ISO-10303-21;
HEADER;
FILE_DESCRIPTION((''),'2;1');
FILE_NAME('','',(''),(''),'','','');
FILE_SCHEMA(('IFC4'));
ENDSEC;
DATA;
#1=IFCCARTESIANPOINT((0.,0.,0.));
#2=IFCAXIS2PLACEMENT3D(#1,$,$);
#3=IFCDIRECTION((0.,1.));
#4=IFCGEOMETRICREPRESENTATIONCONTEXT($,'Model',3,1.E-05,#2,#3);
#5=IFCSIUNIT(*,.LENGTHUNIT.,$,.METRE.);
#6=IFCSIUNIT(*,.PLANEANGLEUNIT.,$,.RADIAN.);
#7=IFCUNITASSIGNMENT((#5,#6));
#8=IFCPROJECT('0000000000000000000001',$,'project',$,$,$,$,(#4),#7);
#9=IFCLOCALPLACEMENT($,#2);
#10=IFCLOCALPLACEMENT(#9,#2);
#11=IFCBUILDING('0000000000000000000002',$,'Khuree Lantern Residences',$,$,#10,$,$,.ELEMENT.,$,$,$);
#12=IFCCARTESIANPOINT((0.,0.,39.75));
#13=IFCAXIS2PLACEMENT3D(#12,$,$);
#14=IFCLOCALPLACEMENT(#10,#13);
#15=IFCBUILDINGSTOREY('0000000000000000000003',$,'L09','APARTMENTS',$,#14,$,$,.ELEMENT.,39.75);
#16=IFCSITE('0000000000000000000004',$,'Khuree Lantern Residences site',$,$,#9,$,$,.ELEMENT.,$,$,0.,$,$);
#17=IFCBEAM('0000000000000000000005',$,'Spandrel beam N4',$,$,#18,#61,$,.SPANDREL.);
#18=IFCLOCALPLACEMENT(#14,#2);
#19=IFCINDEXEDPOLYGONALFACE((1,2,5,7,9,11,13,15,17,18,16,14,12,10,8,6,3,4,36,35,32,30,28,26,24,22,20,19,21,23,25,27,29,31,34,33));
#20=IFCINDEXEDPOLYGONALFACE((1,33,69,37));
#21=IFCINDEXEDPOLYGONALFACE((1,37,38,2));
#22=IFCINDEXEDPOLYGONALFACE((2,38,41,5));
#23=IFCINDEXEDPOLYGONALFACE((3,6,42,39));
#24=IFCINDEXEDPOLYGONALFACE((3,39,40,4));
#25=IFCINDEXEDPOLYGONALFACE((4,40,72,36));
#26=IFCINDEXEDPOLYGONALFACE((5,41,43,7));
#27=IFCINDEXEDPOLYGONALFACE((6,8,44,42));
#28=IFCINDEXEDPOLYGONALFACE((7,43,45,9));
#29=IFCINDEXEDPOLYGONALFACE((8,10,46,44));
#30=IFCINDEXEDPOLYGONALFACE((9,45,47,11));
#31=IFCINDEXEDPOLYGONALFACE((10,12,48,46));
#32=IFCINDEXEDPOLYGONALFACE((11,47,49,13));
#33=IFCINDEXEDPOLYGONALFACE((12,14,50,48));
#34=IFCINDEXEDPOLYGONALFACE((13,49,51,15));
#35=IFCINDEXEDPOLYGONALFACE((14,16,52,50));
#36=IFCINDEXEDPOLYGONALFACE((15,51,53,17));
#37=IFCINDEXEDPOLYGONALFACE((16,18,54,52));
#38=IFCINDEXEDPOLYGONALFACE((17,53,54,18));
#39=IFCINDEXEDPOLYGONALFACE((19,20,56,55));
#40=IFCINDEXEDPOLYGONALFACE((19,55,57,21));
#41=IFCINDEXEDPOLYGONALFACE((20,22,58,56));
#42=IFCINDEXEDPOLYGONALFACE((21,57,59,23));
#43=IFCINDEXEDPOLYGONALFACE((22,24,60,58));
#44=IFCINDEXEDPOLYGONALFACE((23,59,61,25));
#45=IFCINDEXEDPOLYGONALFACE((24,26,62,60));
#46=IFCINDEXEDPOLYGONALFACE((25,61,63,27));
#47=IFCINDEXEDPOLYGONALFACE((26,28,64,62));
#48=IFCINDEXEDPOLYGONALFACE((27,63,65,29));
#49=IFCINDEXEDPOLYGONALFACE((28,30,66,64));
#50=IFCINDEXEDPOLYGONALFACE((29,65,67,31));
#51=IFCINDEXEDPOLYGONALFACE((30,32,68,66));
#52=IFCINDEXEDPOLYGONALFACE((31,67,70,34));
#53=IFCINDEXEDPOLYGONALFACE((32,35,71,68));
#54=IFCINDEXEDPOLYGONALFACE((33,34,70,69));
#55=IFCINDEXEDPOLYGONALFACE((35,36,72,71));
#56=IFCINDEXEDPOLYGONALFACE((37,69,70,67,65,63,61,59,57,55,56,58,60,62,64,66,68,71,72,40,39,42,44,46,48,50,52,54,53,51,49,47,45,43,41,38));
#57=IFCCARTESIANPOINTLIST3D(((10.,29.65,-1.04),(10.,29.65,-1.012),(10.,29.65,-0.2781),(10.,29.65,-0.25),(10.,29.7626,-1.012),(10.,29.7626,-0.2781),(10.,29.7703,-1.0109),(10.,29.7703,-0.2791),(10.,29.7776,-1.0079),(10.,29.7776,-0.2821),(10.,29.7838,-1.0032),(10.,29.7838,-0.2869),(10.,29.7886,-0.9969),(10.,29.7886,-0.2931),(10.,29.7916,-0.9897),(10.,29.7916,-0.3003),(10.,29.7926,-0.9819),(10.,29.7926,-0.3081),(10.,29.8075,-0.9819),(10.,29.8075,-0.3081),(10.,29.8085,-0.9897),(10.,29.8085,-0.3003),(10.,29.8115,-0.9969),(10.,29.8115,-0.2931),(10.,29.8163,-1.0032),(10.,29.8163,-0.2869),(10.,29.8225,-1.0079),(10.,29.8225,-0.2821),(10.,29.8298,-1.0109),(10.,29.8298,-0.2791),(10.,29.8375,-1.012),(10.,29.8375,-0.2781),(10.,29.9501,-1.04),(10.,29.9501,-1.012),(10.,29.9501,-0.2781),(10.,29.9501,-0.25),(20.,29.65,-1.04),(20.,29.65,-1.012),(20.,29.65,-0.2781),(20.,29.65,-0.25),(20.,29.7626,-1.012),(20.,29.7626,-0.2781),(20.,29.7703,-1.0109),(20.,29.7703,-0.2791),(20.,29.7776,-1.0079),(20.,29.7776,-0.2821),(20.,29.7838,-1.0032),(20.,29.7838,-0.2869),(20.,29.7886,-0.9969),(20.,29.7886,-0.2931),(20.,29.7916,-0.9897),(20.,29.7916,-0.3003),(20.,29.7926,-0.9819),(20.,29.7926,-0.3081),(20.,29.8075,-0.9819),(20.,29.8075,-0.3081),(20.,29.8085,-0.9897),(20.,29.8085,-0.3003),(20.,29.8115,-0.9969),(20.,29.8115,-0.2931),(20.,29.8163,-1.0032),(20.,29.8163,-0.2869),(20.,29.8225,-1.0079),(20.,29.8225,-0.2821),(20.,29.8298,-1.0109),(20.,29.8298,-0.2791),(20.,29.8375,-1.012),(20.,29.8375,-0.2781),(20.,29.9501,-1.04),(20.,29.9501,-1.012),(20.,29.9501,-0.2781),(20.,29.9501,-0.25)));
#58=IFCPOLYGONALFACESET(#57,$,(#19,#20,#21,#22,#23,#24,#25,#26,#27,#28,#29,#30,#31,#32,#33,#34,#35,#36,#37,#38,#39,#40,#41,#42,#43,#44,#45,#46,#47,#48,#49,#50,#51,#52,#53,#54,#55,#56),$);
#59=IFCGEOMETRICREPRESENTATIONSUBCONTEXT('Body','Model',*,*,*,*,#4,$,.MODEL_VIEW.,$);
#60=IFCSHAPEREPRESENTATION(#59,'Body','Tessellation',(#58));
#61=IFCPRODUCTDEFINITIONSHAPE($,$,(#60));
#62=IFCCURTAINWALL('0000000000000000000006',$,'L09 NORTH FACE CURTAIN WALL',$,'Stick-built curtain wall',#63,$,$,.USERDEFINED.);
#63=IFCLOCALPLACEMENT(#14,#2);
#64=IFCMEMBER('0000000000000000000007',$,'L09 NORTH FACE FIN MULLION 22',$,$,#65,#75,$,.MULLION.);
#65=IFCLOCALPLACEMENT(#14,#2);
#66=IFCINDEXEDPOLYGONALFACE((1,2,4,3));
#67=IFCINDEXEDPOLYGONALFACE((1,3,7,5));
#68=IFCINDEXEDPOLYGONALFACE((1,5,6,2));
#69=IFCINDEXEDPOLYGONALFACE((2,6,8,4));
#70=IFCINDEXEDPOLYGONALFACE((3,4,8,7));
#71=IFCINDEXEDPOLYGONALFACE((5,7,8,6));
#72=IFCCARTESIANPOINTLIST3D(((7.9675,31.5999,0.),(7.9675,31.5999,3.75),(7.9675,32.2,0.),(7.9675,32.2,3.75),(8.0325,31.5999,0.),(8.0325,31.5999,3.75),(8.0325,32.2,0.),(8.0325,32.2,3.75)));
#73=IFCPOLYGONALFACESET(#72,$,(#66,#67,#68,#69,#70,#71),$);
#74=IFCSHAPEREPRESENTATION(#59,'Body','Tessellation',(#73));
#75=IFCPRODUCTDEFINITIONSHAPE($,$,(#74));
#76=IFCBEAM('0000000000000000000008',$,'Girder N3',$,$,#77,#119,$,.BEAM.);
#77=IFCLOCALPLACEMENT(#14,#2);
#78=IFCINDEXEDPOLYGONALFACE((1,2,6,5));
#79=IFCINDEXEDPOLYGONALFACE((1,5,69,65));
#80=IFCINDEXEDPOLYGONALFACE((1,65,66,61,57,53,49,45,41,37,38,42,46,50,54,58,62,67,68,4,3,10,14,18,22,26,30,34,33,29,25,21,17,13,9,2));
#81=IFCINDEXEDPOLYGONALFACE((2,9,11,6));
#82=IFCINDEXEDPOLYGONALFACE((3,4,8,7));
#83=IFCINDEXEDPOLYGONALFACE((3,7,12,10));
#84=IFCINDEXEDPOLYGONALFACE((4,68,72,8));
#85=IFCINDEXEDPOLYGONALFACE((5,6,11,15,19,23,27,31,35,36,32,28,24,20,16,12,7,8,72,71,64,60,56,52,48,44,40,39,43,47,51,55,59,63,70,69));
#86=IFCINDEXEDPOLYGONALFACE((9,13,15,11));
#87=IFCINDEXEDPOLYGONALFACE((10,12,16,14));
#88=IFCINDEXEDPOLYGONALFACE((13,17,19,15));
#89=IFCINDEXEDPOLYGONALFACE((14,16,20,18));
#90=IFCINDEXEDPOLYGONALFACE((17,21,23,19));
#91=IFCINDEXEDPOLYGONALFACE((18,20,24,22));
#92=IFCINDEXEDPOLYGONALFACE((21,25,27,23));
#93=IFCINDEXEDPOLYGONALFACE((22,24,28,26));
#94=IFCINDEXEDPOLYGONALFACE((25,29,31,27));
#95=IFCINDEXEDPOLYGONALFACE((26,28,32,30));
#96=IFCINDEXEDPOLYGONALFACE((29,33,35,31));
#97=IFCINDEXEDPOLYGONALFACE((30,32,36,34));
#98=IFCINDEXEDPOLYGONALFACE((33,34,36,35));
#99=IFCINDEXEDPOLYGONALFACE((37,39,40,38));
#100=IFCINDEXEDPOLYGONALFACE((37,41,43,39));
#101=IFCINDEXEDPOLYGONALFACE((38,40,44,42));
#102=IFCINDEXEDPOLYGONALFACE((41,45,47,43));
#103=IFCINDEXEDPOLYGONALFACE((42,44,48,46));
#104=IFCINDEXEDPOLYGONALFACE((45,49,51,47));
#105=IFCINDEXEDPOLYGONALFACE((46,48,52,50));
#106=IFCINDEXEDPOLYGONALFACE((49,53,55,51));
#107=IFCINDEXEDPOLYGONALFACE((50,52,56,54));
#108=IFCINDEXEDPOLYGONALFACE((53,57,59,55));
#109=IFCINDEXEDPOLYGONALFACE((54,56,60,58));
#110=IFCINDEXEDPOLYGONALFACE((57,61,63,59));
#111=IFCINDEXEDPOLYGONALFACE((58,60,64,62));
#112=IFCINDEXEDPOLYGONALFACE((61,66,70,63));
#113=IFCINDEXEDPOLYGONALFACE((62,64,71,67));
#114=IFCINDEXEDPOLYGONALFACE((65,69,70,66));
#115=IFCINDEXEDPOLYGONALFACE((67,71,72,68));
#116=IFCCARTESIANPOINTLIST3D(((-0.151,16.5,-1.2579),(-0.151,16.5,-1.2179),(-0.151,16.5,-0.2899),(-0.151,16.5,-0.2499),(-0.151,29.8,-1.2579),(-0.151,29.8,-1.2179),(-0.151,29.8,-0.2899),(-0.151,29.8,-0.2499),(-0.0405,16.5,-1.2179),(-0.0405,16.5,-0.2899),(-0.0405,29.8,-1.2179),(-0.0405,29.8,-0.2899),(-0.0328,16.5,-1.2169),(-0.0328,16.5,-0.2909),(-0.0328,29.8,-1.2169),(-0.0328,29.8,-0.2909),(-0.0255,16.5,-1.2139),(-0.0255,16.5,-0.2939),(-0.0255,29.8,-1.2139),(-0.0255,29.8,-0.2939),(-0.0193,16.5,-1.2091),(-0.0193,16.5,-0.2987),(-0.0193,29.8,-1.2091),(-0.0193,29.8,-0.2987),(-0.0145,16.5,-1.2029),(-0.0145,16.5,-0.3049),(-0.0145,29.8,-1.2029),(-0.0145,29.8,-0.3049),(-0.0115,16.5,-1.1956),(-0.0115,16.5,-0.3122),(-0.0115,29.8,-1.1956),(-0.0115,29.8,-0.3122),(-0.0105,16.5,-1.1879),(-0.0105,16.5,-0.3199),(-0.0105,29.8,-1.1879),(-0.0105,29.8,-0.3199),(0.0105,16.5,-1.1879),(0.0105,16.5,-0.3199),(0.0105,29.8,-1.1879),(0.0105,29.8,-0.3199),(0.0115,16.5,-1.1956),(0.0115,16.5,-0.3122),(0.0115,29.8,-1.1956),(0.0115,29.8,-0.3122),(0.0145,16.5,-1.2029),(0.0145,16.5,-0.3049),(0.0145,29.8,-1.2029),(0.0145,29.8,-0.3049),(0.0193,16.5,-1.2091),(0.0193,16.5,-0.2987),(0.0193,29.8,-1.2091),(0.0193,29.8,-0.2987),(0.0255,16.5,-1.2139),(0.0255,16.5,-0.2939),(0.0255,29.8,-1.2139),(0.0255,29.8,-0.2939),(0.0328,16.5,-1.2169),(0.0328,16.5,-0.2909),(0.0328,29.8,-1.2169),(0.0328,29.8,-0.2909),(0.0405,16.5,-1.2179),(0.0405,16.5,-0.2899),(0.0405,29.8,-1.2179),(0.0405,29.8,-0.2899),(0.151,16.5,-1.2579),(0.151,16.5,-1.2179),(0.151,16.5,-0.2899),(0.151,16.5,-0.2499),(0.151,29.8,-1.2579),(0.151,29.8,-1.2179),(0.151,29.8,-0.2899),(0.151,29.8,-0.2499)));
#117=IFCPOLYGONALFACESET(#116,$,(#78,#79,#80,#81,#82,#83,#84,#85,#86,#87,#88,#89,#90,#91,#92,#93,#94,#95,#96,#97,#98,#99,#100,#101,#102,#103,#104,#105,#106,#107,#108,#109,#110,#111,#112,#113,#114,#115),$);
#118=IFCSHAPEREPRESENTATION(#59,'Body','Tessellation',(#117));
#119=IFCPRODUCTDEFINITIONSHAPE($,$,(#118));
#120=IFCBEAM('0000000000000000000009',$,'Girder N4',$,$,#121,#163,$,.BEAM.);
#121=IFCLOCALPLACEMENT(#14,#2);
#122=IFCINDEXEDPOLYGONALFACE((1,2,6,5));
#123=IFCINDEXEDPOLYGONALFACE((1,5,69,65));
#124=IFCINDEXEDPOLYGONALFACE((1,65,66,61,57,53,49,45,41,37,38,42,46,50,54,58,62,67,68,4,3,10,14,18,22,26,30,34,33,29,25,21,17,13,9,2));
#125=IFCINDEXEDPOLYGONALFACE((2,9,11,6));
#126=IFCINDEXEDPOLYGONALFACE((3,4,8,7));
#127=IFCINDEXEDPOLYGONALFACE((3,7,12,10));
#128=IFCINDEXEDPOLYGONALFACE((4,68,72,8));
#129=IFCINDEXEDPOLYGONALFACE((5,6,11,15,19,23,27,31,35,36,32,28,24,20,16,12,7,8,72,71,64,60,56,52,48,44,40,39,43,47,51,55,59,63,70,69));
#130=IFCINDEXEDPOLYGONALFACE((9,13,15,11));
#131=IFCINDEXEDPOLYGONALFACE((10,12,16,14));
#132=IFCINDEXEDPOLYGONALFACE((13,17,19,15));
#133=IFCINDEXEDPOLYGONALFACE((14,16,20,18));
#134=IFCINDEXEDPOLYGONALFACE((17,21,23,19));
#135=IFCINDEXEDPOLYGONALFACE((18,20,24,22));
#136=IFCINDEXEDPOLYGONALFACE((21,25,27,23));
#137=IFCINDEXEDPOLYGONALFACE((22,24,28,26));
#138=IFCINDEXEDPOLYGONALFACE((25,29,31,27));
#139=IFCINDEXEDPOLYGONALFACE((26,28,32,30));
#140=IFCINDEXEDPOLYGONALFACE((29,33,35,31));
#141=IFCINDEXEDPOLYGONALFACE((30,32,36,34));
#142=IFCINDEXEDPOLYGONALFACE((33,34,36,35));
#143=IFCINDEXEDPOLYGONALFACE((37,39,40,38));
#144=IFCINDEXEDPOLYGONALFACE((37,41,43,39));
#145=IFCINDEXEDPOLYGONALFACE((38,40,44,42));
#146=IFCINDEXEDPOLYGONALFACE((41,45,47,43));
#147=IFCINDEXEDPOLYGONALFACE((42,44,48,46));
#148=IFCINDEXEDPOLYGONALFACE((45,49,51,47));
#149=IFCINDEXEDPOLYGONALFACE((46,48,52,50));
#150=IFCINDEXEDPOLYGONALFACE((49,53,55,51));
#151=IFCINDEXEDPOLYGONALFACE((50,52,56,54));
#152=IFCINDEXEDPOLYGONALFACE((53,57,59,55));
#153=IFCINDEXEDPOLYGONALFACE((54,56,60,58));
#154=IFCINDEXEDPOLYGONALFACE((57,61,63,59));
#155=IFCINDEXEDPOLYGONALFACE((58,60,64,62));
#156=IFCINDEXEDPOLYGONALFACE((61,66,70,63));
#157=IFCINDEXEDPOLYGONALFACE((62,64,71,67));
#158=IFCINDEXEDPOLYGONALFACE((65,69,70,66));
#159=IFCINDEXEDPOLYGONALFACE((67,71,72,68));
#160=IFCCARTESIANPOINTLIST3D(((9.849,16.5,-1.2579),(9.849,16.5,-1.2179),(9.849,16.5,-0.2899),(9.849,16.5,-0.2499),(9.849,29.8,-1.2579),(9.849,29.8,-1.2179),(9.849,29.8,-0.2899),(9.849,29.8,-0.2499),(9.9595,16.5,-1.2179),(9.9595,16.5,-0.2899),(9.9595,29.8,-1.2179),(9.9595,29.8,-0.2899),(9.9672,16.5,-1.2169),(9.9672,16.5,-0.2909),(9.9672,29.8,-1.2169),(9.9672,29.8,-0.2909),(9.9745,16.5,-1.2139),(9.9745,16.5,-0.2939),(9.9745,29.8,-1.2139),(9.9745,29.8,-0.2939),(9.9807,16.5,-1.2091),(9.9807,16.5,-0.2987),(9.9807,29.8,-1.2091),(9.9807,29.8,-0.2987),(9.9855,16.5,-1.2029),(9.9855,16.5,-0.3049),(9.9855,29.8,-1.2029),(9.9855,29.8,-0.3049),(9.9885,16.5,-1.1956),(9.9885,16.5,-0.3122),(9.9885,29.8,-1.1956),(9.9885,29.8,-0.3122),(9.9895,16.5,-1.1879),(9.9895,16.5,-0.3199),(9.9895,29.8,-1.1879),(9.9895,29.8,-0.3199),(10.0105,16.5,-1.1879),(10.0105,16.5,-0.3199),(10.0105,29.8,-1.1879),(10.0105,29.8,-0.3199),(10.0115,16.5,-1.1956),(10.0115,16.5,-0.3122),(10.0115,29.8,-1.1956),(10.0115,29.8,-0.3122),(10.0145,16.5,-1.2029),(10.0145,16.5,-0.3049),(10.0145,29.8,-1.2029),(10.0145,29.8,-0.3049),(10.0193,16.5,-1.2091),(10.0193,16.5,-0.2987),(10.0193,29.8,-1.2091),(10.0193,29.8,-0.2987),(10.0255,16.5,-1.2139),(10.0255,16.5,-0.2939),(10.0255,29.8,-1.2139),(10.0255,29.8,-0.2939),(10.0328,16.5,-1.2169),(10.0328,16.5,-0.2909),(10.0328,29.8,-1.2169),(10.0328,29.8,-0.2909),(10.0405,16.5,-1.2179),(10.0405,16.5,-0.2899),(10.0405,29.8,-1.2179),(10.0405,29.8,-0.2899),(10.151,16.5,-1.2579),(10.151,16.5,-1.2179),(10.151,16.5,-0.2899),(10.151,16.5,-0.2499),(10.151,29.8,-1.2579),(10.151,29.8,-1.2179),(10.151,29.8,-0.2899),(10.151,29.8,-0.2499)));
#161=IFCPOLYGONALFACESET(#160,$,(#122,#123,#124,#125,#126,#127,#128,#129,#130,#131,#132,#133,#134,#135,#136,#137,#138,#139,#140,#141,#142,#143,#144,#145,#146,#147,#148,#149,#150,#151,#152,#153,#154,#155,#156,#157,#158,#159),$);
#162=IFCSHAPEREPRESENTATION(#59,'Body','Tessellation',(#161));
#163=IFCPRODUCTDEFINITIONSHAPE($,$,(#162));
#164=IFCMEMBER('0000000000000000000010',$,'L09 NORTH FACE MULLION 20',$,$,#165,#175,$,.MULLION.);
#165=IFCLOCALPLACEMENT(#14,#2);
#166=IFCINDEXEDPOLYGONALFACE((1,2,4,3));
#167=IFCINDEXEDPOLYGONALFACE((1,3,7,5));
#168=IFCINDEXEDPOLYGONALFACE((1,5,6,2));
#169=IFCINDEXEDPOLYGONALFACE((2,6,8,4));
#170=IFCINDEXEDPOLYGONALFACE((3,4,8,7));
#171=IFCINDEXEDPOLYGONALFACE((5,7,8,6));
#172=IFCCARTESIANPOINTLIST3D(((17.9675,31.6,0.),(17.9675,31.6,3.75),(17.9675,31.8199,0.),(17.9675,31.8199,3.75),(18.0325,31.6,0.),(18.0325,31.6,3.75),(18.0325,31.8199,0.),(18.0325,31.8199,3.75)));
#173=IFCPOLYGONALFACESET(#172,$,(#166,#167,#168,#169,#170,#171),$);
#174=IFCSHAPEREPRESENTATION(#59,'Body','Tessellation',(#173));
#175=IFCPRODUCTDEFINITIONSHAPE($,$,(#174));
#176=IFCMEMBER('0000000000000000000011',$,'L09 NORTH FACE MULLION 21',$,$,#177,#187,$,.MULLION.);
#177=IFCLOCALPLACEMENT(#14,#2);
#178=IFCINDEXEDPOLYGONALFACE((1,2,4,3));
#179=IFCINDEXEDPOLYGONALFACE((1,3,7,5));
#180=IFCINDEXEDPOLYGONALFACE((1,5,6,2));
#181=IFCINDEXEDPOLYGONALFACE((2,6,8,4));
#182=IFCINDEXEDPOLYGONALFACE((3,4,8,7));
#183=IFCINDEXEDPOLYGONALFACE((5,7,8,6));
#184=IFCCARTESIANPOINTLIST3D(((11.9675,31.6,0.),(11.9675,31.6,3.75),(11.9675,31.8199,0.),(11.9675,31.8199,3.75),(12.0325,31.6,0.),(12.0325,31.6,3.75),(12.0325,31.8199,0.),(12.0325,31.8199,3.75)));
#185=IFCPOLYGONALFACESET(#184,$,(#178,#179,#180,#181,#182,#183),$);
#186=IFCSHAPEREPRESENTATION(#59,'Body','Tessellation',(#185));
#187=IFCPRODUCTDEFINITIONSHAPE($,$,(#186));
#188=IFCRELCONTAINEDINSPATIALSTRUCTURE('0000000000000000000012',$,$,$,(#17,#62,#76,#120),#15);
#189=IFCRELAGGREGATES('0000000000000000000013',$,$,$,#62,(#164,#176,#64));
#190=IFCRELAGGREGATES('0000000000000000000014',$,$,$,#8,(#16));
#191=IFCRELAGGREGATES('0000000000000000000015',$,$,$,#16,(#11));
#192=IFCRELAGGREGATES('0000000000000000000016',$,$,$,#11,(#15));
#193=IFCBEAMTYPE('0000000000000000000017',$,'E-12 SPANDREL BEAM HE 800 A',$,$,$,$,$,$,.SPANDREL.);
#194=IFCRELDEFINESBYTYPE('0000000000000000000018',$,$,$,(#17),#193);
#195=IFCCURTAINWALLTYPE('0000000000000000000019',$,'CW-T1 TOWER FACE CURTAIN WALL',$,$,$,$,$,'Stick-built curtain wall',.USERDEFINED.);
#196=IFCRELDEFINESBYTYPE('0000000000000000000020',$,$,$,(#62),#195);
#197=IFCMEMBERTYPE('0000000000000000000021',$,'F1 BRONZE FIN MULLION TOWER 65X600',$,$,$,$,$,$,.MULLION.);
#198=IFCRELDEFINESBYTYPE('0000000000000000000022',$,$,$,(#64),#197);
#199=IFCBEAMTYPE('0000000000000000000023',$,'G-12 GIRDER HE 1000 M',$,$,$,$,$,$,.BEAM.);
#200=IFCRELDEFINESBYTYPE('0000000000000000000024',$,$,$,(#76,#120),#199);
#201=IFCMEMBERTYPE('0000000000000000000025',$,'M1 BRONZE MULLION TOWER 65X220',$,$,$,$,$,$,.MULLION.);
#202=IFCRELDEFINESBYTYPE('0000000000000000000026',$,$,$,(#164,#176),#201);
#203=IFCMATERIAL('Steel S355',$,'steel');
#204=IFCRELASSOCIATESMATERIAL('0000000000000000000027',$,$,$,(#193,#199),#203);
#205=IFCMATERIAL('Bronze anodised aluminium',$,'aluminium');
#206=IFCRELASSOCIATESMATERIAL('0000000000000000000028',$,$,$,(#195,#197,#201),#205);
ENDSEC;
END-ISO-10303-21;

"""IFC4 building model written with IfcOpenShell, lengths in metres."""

from ifc_helpers import new_model, si_unit, direction, frame, origin, origin_2d, place, context, subcontext, project, spatial, rectangle, i_section, extrude, material, material_profile, profile_set, type_object, element, aggregate, save


model = new_model("IFC4")

# Units and contexts
model_context = context("Model", 3, precision=1e-05, world=origin(), true_north=direction((0.0, 1.0)))
body_context = subcontext(model_context, "Body", "Model", "MODEL_VIEW")
ifc_project = project(units=[si_unit("LENGTHUNIT", "METRE"), si_unit("PLANEANGLEUNIT", "RADIAN")], contexts=[model_context])

# Site, building, storey
site_placement = place(None, origin())
site = spatial("IfcSite", under=ifc_project, at=site_placement, Name="Khuree Lantern Residences site", CompositionType="ELEMENT", RefElevation=0.0)
building_placement = place(site_placement, origin())
building = spatial("IfcBuilding", under=site, at=building_placement, Name="Khuree Lantern Residences", CompositionType="ELEMENT")
storey_placement = place(building_placement, frame((0.0, 0.0, 39.75)))
storey = spatial("IfcBuildingStorey", under=building, at=storey_placement, Name="L09", Description="APARTMENTS", CompositionType="ELEMENT", Elevation=39.75)

# Beam
ifc_material_1 = material(Name="Steel S355", Category="steel")
ifc_material_profile_1 = material_profile(ifc_material_1, i_section(OverallWidth=0.3, OverallDepth=0.79, WebThickness=0.0149, FlangeThickness=0.0281, FilletRadius=0.03, at=origin_2d()), Name="HE 800 A")
ifc_profile_set_1 = profile_set([ifc_material_profile_1], Name="Steel S355")
beam_type_1 = type_object("IfcBeamType", Name="E-12 SPANDREL BEAM HE 800 A", PredefinedType="SPANDREL", material=ifc_profile_set_1)
for number, where, z_axis, x_axis, name in (
    (1, (10.0, 29.8, -0.645), (1.0, 0.0, 0.0), (0.0, 1.0, 0.0), "Spandrel beam N4"),
):
    element("IfcBeam", number, at=place(storey_placement, frame(where, z_axis=z_axis, x_axis=x_axis)), inside=storey, type_object=beam_type_1, Name=name, PredefinedType="SPANDREL", context=body_context, shape_type="SweptSolid", body=[
        extrude(i_section(OverallWidth=0.3, OverallDepth=0.79, WebThickness=0.0149, FlangeThickness=0.0281, FilletRadius=0.03, at=origin_2d()), origin(), (0.0, 0.0, 1.0), 10.0),
    ])

# Curtain wall, member
ifc_material_2 = material(Name="Bronze anodised aluminium", Category="aluminium")
curtain_wall_type = type_object("IfcCurtainWallType", Name="CW-T1 TOWER FACE CURTAIN WALL", ElementType="Stick-built curtain wall", PredefinedType="USERDEFINED", material=ifc_material_2)
curtain_wall_placement = place(storey_placement, origin())
curtain_wall = element("IfcCurtainWall", 2, at=curtain_wall_placement, inside=storey, type_object=curtain_wall_type, Name="L09 NORTH FACE CURTAIN WALL", ObjectType="Stick-built curtain wall", PredefinedType="USERDEFINED")
ifc_material_profile_2 = material_profile(ifc_material_2, rectangle(XDim=0.0649, YDim=0.6001, at=origin_2d()), Name="F1 65X600")
ifc_profile_set_2 = profile_set([ifc_material_profile_2], Name="Bronze anodised aluminium")
member_type_1 = type_object("IfcMemberType", Name="F1 BRONZE FIN MULLION TOWER 65X600", PredefinedType="MULLION", material=ifc_profile_set_2)
member_1_placement = place(storey_placement, frame((8.0, 31.8999, 0.0), z_axis=(0.0, 0.0, 1.0), x_axis=(-1.0, 0.0, 0.0)))
member_1 = element("IfcMember", 3, at=member_1_placement, type_object=member_type_1, Name="L09 NORTH FACE FIN MULLION 22", PredefinedType="MULLION", context=body_context, shape_type="SweptSolid", body=[
    extrude(rectangle(XDim=0.0649, YDim=0.6001, at=origin_2d()), origin(), (0.0, 0.0, 1.0), 3.75),
])

# Beams
ifc_material_profile_3 = material_profile(ifc_material_1, i_section(OverallWidth=0.302, OverallDepth=1.0081, WebThickness=0.021, FlangeThickness=0.04, FilletRadius=0.03, at=origin_2d()), Name="HE 1000 M")
ifc_profile_set_3 = profile_set([ifc_material_profile_3], Name="Steel S355")
beam_type_2 = type_object("IfcBeamType", Name="G-12 GIRDER HE 1000 M", PredefinedType="BEAM", material=ifc_profile_set_3)
for number, where, z_axis, x_axis, name in (
    (4, (0.0, 29.8, -0.7539), (0.0, -1.0, 0.0), (1.0, 0.0, 0.0), "Girder N3"),
    (5, (10.0, 29.8, -0.7539), (0.0, -1.0, 0.0), (1.0, 0.0, 0.0), "Girder N4"),
):
    element("IfcBeam", number, at=place(storey_placement, frame(where, z_axis=z_axis, x_axis=x_axis)), inside=storey, type_object=beam_type_2, Name=name, PredefinedType="BEAM", context=body_context, shape_type="SweptSolid", body=[
        extrude(i_section(OverallWidth=0.302, OverallDepth=1.0081, WebThickness=0.021, FlangeThickness=0.04, FilletRadius=0.03, at=origin_2d()), origin(), (0.0, 0.0, 1.0), 13.3),
    ])

# Members
ifc_material_profile_4 = material_profile(ifc_material_2, rectangle(XDim=0.0649, YDim=0.22, at=origin_2d()), Name="M1 65X220")
ifc_profile_set_4 = profile_set([ifc_material_profile_4], Name="Bronze anodised aluminium")
member_type_2 = type_object("IfcMemberType", Name="M1 BRONZE MULLION TOWER 65X220", PredefinedType="MULLION", material=ifc_profile_set_4)
member_2_placement = place(storey_placement, frame((18.0, 31.71, 0.0), z_axis=(0.0, 0.0, 1.0), x_axis=(-1.0, 0.0, 0.0)))
member_2 = element("IfcMember", 6, at=member_2_placement, type_object=member_type_2, Name="L09 NORTH FACE MULLION 20", PredefinedType="MULLION", context=body_context, shape_type="SweptSolid", body=[
    extrude(rectangle(XDim=0.0649, YDim=0.22, at=origin_2d()), origin(), (0.0, 0.0, 1.0), 3.75),
])
member_3_placement = place(storey_placement, frame((12.0, 31.71, 0.0), z_axis=(0.0, 0.0, 1.0), x_axis=(-1.0, 0.0, 0.0)))
member_3 = element("IfcMember", 7, at=member_3_placement, type_object=member_type_2, Name="L09 NORTH FACE MULLION 21", PredefinedType="MULLION", context=body_context, shape_type="SweptSolid", body=[
    extrude(rectangle(XDim=0.0649, YDim=0.22, at=origin_2d()), origin(), (0.0, 0.0, 1.0), 3.75),
])

aggregate(curtain_wall, [member_2, member_3, member_1])

save(model, "model.ifc")
